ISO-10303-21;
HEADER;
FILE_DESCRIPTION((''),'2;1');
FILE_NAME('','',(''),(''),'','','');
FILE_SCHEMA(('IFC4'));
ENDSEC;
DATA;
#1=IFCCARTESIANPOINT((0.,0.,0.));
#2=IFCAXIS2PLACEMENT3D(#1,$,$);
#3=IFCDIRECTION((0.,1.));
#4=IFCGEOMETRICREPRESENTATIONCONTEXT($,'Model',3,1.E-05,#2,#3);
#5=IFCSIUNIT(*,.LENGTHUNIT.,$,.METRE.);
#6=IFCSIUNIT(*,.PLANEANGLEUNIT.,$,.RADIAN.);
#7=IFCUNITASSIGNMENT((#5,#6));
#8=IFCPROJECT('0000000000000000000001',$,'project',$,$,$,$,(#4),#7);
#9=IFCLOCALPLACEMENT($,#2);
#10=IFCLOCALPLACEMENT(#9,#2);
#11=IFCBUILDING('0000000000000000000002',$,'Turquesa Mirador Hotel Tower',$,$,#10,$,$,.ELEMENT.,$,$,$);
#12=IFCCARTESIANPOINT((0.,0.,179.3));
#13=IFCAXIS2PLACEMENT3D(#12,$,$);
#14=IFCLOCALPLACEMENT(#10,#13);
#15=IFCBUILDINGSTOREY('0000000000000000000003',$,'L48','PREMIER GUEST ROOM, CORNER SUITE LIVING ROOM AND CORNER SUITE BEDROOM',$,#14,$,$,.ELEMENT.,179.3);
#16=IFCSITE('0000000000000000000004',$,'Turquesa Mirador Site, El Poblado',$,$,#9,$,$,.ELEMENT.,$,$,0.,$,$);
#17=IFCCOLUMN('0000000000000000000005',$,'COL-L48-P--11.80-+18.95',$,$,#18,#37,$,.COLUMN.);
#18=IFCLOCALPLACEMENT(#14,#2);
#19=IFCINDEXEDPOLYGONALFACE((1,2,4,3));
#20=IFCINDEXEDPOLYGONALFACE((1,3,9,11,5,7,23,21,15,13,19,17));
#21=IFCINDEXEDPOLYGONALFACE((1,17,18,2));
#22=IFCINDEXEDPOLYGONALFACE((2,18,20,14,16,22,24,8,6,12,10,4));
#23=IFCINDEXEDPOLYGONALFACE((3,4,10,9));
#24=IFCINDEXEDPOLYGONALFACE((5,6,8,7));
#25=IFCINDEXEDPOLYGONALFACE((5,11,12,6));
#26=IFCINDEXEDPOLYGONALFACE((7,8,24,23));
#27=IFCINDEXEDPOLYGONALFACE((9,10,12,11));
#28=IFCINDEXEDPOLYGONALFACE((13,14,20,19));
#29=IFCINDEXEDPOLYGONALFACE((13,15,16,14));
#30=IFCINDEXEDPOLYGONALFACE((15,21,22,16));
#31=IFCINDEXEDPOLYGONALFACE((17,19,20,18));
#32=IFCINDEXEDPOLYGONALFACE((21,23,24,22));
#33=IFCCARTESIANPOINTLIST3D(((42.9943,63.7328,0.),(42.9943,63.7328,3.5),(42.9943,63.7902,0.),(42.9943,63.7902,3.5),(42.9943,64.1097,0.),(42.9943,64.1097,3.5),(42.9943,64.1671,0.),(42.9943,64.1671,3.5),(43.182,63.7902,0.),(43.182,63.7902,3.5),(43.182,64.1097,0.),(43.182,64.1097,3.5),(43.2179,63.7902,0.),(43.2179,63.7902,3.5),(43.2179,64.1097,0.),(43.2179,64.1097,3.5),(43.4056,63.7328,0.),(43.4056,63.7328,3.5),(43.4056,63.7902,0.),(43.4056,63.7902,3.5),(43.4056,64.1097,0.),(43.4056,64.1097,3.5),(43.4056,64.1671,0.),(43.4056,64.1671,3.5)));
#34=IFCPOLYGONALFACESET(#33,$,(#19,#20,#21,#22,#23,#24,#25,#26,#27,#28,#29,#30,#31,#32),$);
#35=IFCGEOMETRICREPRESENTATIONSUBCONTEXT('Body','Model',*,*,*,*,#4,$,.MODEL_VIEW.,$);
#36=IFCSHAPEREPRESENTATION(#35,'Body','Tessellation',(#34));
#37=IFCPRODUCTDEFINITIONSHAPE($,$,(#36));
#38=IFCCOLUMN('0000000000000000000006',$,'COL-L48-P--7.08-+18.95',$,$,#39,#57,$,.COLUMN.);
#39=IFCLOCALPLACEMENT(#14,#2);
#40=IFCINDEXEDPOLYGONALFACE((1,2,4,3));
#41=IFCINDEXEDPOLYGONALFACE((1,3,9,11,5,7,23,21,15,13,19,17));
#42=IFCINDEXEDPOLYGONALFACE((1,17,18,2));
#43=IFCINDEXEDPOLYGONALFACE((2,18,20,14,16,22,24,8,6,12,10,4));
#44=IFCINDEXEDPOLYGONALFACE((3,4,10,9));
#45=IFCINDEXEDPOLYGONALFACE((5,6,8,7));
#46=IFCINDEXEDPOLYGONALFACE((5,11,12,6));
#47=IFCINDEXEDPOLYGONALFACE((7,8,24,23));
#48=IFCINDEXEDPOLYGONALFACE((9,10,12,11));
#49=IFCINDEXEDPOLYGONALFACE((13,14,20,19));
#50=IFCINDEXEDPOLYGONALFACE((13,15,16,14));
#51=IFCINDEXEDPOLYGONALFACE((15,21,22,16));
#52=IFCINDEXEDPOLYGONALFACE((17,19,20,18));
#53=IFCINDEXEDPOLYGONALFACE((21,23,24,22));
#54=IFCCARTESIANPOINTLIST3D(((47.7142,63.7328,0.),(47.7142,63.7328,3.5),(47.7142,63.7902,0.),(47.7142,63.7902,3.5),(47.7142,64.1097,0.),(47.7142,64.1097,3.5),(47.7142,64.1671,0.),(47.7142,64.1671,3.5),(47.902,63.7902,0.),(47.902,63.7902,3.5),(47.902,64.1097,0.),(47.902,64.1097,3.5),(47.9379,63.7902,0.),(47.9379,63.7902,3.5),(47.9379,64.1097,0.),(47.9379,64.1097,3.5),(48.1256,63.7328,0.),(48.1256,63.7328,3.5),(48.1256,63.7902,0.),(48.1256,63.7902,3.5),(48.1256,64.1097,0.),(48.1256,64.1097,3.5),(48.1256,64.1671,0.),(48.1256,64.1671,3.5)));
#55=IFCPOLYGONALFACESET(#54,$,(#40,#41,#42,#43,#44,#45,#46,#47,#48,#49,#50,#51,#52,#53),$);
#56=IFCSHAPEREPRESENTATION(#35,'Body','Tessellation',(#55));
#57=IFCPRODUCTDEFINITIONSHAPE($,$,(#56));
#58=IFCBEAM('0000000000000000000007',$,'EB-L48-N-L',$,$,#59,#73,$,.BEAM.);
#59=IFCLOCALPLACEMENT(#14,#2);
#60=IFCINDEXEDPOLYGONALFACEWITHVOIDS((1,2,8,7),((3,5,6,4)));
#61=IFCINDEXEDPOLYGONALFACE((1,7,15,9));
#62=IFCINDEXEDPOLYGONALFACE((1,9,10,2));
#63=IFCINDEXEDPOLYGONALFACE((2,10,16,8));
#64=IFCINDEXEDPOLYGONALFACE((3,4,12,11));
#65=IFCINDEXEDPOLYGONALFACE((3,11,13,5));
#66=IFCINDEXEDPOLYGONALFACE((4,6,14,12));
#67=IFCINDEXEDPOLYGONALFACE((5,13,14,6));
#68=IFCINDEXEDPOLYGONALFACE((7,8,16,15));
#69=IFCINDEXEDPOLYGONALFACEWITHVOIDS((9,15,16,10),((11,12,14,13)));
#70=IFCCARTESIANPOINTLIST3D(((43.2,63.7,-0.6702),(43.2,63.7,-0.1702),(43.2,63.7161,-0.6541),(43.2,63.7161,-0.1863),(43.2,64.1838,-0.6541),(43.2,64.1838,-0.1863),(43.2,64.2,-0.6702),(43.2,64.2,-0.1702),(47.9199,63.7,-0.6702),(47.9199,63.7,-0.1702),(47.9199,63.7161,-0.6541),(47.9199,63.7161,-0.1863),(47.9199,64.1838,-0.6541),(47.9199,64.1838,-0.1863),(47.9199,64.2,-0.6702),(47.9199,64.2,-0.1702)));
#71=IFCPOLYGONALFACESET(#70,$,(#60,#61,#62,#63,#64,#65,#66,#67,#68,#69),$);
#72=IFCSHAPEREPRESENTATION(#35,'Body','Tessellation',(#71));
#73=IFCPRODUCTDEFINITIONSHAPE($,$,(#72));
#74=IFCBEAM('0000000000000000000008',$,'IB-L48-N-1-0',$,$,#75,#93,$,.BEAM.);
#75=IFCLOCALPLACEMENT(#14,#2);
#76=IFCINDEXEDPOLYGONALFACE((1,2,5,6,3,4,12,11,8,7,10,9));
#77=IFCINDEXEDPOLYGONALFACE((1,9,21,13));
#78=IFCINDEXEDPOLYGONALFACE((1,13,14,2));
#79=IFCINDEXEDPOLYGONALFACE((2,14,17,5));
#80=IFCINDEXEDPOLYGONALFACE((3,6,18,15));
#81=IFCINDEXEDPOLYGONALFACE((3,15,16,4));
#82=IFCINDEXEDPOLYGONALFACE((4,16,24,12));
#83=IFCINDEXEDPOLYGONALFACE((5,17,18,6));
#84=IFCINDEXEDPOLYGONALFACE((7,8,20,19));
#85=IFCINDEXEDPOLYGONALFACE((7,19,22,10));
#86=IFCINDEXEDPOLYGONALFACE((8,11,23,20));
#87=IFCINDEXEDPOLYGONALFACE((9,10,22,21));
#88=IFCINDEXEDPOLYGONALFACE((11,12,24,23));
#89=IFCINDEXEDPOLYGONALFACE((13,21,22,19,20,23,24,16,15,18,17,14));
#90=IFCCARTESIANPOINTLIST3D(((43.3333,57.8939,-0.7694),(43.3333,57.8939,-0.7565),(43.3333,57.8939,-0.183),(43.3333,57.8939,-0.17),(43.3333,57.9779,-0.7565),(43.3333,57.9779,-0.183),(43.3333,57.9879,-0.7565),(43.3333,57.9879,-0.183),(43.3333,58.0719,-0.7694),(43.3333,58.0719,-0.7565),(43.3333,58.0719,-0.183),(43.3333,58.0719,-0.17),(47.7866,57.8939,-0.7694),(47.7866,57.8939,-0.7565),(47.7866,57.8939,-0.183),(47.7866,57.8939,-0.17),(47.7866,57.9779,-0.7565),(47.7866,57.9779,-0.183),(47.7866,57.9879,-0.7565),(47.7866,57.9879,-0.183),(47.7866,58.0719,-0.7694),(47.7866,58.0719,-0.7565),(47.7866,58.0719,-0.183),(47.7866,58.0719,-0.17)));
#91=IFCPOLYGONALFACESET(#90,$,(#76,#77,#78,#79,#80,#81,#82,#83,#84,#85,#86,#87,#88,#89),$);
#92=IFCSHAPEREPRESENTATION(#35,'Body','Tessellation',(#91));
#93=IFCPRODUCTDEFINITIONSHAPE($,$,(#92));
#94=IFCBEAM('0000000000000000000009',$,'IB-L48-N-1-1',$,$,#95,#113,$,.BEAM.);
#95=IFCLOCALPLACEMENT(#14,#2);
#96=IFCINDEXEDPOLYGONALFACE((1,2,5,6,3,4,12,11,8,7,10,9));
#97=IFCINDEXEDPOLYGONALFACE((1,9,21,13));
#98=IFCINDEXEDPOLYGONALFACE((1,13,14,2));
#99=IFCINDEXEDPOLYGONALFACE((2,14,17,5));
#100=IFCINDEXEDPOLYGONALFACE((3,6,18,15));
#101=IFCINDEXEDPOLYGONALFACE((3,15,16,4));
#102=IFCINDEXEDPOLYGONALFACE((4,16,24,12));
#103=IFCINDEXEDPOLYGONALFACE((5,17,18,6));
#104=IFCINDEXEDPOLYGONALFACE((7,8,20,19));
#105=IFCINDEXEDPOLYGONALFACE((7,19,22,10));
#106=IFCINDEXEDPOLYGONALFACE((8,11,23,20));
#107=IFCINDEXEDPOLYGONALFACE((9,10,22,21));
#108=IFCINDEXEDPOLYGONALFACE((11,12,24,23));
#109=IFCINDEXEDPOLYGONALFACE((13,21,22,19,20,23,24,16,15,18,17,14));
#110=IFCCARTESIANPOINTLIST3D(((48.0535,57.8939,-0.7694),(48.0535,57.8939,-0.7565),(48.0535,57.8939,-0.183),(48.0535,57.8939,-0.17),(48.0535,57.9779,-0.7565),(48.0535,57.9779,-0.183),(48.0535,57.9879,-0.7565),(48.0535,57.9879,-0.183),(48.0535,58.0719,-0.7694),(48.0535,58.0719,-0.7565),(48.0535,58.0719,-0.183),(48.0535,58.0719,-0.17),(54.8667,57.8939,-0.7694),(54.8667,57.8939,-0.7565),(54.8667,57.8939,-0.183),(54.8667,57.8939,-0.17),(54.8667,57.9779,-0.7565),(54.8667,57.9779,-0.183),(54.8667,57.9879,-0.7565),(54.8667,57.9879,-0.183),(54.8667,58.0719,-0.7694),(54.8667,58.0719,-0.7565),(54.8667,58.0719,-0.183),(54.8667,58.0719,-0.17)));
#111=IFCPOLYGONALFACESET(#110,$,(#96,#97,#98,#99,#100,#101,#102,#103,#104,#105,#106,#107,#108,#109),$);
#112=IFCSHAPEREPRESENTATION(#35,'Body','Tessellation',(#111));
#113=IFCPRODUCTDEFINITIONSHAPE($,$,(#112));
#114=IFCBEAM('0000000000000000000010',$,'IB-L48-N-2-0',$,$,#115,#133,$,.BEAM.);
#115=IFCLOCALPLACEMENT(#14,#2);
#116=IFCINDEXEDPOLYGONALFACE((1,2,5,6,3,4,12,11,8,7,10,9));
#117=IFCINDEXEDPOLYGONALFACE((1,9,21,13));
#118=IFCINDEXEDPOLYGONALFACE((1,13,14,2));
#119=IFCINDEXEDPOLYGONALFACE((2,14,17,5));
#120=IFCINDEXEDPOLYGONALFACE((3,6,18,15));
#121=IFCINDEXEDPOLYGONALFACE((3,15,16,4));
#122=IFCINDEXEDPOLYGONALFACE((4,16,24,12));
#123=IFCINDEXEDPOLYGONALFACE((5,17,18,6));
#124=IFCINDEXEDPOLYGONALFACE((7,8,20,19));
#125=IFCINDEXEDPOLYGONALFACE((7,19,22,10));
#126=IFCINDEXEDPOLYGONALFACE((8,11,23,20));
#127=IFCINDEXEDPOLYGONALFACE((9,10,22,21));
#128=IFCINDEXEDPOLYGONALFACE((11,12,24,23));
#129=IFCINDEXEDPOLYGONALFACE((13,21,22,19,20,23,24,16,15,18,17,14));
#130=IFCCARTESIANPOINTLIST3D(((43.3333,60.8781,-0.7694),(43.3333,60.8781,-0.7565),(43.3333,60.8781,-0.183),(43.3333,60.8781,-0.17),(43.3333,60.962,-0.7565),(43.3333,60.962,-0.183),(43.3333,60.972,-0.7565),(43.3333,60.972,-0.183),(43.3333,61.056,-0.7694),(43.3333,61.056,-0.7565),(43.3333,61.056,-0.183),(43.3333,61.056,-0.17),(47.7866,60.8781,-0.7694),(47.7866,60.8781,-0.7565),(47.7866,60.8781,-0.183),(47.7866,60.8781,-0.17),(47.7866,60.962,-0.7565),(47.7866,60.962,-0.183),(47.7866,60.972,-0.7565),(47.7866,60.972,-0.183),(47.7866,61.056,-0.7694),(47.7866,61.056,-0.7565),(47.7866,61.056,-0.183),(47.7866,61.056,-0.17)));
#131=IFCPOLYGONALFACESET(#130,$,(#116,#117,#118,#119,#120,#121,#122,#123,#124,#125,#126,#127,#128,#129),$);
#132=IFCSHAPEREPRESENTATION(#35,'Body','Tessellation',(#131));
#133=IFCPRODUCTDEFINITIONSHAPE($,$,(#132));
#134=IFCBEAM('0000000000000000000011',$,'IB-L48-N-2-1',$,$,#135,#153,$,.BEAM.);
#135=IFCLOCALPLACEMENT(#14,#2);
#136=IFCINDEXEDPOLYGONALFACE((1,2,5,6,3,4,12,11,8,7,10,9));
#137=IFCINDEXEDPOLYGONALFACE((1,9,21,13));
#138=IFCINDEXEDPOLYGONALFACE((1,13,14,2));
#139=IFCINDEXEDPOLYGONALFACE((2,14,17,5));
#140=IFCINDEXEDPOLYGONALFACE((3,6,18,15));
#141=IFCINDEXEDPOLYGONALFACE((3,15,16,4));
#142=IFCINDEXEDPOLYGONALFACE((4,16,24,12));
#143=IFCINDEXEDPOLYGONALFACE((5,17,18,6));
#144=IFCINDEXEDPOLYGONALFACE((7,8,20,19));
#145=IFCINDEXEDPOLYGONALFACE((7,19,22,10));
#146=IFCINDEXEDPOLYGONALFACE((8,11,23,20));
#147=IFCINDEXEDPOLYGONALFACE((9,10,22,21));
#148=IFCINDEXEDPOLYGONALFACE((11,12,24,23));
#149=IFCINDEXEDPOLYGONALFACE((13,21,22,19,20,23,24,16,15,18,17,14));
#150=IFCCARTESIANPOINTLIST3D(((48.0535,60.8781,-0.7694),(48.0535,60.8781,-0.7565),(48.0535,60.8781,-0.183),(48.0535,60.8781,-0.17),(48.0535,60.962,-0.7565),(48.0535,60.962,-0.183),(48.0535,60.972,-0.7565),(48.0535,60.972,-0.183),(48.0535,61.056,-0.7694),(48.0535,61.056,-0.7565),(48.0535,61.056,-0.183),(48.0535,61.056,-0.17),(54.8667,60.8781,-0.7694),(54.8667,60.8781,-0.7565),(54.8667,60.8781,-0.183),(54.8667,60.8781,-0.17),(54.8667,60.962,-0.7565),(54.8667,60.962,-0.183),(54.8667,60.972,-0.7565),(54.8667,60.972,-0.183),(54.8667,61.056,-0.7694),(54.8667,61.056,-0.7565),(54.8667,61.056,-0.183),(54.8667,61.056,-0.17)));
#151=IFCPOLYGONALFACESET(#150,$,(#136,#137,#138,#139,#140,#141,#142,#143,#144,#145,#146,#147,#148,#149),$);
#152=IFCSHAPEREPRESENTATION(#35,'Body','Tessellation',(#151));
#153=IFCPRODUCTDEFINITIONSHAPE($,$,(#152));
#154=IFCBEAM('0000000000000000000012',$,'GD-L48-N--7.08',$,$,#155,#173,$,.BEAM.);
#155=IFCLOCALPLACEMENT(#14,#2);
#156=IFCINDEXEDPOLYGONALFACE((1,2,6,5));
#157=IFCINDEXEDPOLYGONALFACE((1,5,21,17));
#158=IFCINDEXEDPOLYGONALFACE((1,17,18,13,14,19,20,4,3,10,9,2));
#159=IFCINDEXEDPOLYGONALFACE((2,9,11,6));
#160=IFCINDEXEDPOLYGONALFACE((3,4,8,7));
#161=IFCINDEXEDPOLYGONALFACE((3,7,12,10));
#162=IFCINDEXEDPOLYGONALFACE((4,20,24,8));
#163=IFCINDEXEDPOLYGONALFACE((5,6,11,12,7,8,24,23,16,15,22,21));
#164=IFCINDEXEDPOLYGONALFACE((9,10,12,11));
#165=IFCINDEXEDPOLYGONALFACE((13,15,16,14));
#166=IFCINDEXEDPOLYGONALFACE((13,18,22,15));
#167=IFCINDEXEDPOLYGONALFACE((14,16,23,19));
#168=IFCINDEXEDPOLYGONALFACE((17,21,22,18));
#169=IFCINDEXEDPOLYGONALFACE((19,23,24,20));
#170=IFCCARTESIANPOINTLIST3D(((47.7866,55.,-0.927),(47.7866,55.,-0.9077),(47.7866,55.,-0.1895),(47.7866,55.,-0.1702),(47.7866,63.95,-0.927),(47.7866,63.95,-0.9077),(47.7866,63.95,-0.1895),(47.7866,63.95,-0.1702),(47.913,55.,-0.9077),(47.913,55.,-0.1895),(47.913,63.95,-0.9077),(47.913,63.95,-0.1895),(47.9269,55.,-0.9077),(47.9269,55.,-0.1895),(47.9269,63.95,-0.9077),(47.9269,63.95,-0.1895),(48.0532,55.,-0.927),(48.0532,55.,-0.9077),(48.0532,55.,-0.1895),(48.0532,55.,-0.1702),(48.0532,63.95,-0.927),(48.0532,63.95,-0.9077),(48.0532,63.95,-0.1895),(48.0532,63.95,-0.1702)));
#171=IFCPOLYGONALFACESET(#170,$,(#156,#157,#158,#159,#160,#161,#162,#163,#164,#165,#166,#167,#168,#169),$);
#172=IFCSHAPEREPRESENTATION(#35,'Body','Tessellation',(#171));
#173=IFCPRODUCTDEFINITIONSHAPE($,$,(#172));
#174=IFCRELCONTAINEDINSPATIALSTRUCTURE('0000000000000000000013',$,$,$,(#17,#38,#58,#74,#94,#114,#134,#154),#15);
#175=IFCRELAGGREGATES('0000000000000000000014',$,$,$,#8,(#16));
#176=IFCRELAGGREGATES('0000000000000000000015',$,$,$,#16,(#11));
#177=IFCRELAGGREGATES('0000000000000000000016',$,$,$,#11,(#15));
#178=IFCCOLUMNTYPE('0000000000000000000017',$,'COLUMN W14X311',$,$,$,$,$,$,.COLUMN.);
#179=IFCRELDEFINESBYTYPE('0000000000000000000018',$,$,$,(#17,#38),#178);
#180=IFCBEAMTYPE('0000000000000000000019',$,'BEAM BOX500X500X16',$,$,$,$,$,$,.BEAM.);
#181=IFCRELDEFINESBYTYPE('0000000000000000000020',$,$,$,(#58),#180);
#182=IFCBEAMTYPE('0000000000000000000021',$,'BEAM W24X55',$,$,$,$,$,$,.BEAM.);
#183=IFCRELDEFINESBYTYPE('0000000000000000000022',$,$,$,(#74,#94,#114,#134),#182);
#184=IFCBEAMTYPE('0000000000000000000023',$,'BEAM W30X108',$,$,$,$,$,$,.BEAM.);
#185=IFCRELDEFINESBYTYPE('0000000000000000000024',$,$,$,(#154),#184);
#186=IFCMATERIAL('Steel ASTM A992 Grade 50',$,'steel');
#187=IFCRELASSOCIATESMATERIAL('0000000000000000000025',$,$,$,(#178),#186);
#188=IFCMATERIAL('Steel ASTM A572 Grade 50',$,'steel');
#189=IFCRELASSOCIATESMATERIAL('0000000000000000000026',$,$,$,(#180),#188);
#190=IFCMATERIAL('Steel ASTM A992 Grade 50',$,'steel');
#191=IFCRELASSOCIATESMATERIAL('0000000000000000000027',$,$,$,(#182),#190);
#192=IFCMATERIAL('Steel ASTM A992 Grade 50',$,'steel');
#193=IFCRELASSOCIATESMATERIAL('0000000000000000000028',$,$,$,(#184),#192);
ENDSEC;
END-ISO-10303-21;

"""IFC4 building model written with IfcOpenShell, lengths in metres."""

from ifc_helpers import new_model, si_unit, direction, frame, origin, origin_2d, place, context, subcontext, project, spatial, hollow_rectangle, i_section, extrude, material, material_profile, profile_set, type_object, element, save


model = new_model("IFC4")

# Units and contexts
model_context = context("Model", 3, precision=1e-05, world=origin(), true_north=direction((0.0, 1.0)))
body_context = subcontext(model_context, "Body", "Model", "MODEL_VIEW")
ifc_project = project(units=[si_unit("LENGTHUNIT", "METRE"), si_unit("PLANEANGLEUNIT", "RADIAN")], contexts=[model_context])

# Site, building, storey
site_placement = place(None, origin())
site = spatial("IfcSite", under=ifc_project, at=site_placement, Name="Turquesa Mirador Site, El Poblado", CompositionType="ELEMENT", RefElevation=0.0)
building_placement = place(site_placement, origin())
building = spatial("IfcBuilding", under=site, at=building_placement, Name="Turquesa Mirador Hotel Tower", CompositionType="ELEMENT")
storey_placement = place(building_placement, frame((0.0, 0.0, 179.3)))
storey = spatial("IfcBuildingStorey", under=building, at=storey_placement, Name="L48", Description="PREMIER GUEST ROOM, CORNER SUITE LIVING ROOM AND CORNER SUITE BEDROOM", CompositionType="ELEMENT", Elevation=179.3)

# Columns
ifc_material_1 = material(Name="Steel ASTM A992 Grade 50", Category="steel")
ifc_material_profile_1 = material_profile(ifc_material_1, i_section(OverallWidth=0.4114, OverallDepth=0.4343, WebThickness=0.0359, FlangeThickness=0.0574, at=origin_2d()), Name="W14X311")
ifc_profile_set_1 = profile_set([ifc_material_profile_1], Name="Steel ASTM A992 Grade 50")
column_type = type_object("IfcColumnType", Name="COLUMN W14X311", PredefinedType="COLUMN", material=ifc_profile_set_1)
for number, where, z_axis, x_axis, name in (
    (1, (43.2, 63.95, 0.0), (0.0, 0.0, 1.0), (1.0, 0.0, 0.0), "COL-L48-P--11.80-+18.95"),
    (2, (47.9199, 63.95, 0.0), (0.0, 0.0, 1.0), (1.0, 0.0, 0.0), "COL-L48-P--7.08-+18.95"),
):
    element("IfcColumn", number, at=place(storey_placement, frame(where, z_axis=z_axis, x_axis=x_axis)), inside=storey, type_object=column_type, Name=name, PredefinedType="COLUMN", context=body_context, shape_type="SweptSolid", body=[
        extrude(i_section(OverallWidth=0.4114, OverallDepth=0.4343, WebThickness=0.0359, FlangeThickness=0.0574, at=origin_2d()), origin(), (0.0, 0.0, 1.0), 3.5),
    ])

# Beams
ifc_material_2 = material(Name="Steel ASTM A572 Grade 50", Category="steel")
ifc_material_profile_2 = material_profile(ifc_material_2, hollow_rectangle(XDim=0.5, YDim=0.5, WallThickness=0.0161, at=origin_2d()), Name="BOX500X500X16")
ifc_profile_set_2 = profile_set([ifc_material_profile_2], Name="Steel ASTM A572 Grade 50")
beam_type_1 = type_object("IfcBeamType", Name="BEAM BOX500X500X16", PredefinedType="BEAM", material=ifc_profile_set_2)
beam_1_placement = place(storey_placement, frame((43.2, 63.95, -0.4202), z_axis=(1.0, 0.0, 0.0), x_axis=(0.0, 1.0, 0.0)))
element("IfcBeam", 3, at=beam_1_placement, inside=storey, type_object=beam_type_1, Name="EB-L48-N-L", PredefinedType="BEAM", context=body_context, shape_type="SweptSolid", body=[
    extrude(hollow_rectangle(XDim=0.5, YDim=0.5, WallThickness=0.0161, at=origin_2d()), origin(), (0.0, 0.0, 1.0), 4.72),
])
ifc_material_3 = material(Name="Steel ASTM A992 Grade 50", Category="steel")
ifc_material_profile_3 = material_profile(ifc_material_3, i_section(OverallWidth=0.178, OverallDepth=0.5994, WebThickness=0.01, FlangeThickness=0.0129, at=origin_2d()), Name="W24X55")
ifc_profile_set_3 = profile_set([ifc_material_profile_3], Name="Steel ASTM A992 Grade 50")
beam_type_2 = type_object("IfcBeamType", Name="BEAM W24X55", PredefinedType="BEAM", material=ifc_profile_set_3)
beam_2_placement = place(storey_placement, frame((43.3333, 57.9829, -0.4697), z_axis=(1.0, 0.0, 0.0), x_axis=(0.0, 1.0, 0.0)))
element("IfcBeam", 4, at=beam_2_placement, inside=storey, type_object=beam_type_2, Name="IB-L48-N-1-0", PredefinedType="BEAM", context=body_context, shape_type="SweptSolid", body=[
    extrude(i_section(OverallWidth=0.178, OverallDepth=0.5994, WebThickness=0.01, FlangeThickness=0.0129, at=origin_2d()), origin(), (0.0, 0.0, 1.0), 4.4534),
])
beam_3_placement = place(storey_placement, frame((48.0535, 57.9829, -0.4697), z_axis=(1.0, 0.0, 0.0), x_axis=(0.0, 1.0, 0.0)))
element("IfcBeam", 5, at=beam_3_placement, inside=storey, type_object=beam_type_2, Name="IB-L48-N-1-1", PredefinedType="BEAM", context=body_context, shape_type="SweptSolid", body=[
    extrude(i_section(OverallWidth=0.178, OverallDepth=0.5994, WebThickness=0.01, FlangeThickness=0.0129, at=origin_2d()), origin(), (0.0, 0.0, 1.0), 6.8132),
])
beam_4_placement = place(storey_placement, frame((43.3333, 60.967, -0.4697), z_axis=(1.0, 0.0, 0.0), x_axis=(0.0, 1.0, 0.0)))
element("IfcBeam", 6, at=beam_4_placement, inside=storey, type_object=beam_type_2, Name="IB-L48-N-2-0", PredefinedType="BEAM", context=body_context, shape_type="SweptSolid", body=[
    extrude(i_section(OverallWidth=0.178, OverallDepth=0.5994, WebThickness=0.01, FlangeThickness=0.0129, at=origin_2d()), origin(), (0.0, 0.0, 1.0), 4.4534),
])
beam_5_placement = place(storey_placement, frame((48.0535, 60.967, -0.4697), z_axis=(1.0, 0.0, 0.0), x_axis=(0.0, 1.0, 0.0)))
element("IfcBeam", 7, at=beam_5_placement, inside=storey, type_object=beam_type_2, Name="IB-L48-N-2-1", PredefinedType="BEAM", context=body_context, shape_type="SweptSolid", body=[
    extrude(i_section(OverallWidth=0.178, OverallDepth=0.5994, WebThickness=0.01, FlangeThickness=0.0129, at=origin_2d()), origin(), (0.0, 0.0, 1.0), 6.8132),
])
ifc_material_4 = material(Name="Steel ASTM A992 Grade 50", Category="steel")
ifc_material_profile_4 = material_profile(ifc_material_4, i_section(OverallWidth=0.2666, OverallDepth=0.7568, WebThickness=0.0139, FlangeThickness=0.0193, at=origin_2d()), Name="W30X108")
ifc_profile_set_4 = profile_set([ifc_material_profile_4], Name="Steel ASTM A992 Grade 50")
beam_type_3 = type_object("IfcBeamType", Name="BEAM W30X108", PredefinedType="BEAM", material=ifc_profile_set_4)
beam_6_placement = place(storey_placement, frame((47.9199, 63.95, -0.5486), z_axis=(0.0, -1.0, 0.0), x_axis=(1.0, 0.0, 0.0)))
element("IfcBeam", 8, at=beam_6_placement, inside=storey, type_object=beam_type_3, Name="GD-L48-N--7.08", PredefinedType="BEAM", context=body_context, shape_type="SweptSolid", body=[
    extrude(i_section(OverallWidth=0.2666, OverallDepth=0.7568, WebThickness=0.0139, FlangeThickness=0.0193, at=origin_2d()), origin(), (0.0, 0.0, 1.0), 8.95),
])

save(model, "model.ifc")
